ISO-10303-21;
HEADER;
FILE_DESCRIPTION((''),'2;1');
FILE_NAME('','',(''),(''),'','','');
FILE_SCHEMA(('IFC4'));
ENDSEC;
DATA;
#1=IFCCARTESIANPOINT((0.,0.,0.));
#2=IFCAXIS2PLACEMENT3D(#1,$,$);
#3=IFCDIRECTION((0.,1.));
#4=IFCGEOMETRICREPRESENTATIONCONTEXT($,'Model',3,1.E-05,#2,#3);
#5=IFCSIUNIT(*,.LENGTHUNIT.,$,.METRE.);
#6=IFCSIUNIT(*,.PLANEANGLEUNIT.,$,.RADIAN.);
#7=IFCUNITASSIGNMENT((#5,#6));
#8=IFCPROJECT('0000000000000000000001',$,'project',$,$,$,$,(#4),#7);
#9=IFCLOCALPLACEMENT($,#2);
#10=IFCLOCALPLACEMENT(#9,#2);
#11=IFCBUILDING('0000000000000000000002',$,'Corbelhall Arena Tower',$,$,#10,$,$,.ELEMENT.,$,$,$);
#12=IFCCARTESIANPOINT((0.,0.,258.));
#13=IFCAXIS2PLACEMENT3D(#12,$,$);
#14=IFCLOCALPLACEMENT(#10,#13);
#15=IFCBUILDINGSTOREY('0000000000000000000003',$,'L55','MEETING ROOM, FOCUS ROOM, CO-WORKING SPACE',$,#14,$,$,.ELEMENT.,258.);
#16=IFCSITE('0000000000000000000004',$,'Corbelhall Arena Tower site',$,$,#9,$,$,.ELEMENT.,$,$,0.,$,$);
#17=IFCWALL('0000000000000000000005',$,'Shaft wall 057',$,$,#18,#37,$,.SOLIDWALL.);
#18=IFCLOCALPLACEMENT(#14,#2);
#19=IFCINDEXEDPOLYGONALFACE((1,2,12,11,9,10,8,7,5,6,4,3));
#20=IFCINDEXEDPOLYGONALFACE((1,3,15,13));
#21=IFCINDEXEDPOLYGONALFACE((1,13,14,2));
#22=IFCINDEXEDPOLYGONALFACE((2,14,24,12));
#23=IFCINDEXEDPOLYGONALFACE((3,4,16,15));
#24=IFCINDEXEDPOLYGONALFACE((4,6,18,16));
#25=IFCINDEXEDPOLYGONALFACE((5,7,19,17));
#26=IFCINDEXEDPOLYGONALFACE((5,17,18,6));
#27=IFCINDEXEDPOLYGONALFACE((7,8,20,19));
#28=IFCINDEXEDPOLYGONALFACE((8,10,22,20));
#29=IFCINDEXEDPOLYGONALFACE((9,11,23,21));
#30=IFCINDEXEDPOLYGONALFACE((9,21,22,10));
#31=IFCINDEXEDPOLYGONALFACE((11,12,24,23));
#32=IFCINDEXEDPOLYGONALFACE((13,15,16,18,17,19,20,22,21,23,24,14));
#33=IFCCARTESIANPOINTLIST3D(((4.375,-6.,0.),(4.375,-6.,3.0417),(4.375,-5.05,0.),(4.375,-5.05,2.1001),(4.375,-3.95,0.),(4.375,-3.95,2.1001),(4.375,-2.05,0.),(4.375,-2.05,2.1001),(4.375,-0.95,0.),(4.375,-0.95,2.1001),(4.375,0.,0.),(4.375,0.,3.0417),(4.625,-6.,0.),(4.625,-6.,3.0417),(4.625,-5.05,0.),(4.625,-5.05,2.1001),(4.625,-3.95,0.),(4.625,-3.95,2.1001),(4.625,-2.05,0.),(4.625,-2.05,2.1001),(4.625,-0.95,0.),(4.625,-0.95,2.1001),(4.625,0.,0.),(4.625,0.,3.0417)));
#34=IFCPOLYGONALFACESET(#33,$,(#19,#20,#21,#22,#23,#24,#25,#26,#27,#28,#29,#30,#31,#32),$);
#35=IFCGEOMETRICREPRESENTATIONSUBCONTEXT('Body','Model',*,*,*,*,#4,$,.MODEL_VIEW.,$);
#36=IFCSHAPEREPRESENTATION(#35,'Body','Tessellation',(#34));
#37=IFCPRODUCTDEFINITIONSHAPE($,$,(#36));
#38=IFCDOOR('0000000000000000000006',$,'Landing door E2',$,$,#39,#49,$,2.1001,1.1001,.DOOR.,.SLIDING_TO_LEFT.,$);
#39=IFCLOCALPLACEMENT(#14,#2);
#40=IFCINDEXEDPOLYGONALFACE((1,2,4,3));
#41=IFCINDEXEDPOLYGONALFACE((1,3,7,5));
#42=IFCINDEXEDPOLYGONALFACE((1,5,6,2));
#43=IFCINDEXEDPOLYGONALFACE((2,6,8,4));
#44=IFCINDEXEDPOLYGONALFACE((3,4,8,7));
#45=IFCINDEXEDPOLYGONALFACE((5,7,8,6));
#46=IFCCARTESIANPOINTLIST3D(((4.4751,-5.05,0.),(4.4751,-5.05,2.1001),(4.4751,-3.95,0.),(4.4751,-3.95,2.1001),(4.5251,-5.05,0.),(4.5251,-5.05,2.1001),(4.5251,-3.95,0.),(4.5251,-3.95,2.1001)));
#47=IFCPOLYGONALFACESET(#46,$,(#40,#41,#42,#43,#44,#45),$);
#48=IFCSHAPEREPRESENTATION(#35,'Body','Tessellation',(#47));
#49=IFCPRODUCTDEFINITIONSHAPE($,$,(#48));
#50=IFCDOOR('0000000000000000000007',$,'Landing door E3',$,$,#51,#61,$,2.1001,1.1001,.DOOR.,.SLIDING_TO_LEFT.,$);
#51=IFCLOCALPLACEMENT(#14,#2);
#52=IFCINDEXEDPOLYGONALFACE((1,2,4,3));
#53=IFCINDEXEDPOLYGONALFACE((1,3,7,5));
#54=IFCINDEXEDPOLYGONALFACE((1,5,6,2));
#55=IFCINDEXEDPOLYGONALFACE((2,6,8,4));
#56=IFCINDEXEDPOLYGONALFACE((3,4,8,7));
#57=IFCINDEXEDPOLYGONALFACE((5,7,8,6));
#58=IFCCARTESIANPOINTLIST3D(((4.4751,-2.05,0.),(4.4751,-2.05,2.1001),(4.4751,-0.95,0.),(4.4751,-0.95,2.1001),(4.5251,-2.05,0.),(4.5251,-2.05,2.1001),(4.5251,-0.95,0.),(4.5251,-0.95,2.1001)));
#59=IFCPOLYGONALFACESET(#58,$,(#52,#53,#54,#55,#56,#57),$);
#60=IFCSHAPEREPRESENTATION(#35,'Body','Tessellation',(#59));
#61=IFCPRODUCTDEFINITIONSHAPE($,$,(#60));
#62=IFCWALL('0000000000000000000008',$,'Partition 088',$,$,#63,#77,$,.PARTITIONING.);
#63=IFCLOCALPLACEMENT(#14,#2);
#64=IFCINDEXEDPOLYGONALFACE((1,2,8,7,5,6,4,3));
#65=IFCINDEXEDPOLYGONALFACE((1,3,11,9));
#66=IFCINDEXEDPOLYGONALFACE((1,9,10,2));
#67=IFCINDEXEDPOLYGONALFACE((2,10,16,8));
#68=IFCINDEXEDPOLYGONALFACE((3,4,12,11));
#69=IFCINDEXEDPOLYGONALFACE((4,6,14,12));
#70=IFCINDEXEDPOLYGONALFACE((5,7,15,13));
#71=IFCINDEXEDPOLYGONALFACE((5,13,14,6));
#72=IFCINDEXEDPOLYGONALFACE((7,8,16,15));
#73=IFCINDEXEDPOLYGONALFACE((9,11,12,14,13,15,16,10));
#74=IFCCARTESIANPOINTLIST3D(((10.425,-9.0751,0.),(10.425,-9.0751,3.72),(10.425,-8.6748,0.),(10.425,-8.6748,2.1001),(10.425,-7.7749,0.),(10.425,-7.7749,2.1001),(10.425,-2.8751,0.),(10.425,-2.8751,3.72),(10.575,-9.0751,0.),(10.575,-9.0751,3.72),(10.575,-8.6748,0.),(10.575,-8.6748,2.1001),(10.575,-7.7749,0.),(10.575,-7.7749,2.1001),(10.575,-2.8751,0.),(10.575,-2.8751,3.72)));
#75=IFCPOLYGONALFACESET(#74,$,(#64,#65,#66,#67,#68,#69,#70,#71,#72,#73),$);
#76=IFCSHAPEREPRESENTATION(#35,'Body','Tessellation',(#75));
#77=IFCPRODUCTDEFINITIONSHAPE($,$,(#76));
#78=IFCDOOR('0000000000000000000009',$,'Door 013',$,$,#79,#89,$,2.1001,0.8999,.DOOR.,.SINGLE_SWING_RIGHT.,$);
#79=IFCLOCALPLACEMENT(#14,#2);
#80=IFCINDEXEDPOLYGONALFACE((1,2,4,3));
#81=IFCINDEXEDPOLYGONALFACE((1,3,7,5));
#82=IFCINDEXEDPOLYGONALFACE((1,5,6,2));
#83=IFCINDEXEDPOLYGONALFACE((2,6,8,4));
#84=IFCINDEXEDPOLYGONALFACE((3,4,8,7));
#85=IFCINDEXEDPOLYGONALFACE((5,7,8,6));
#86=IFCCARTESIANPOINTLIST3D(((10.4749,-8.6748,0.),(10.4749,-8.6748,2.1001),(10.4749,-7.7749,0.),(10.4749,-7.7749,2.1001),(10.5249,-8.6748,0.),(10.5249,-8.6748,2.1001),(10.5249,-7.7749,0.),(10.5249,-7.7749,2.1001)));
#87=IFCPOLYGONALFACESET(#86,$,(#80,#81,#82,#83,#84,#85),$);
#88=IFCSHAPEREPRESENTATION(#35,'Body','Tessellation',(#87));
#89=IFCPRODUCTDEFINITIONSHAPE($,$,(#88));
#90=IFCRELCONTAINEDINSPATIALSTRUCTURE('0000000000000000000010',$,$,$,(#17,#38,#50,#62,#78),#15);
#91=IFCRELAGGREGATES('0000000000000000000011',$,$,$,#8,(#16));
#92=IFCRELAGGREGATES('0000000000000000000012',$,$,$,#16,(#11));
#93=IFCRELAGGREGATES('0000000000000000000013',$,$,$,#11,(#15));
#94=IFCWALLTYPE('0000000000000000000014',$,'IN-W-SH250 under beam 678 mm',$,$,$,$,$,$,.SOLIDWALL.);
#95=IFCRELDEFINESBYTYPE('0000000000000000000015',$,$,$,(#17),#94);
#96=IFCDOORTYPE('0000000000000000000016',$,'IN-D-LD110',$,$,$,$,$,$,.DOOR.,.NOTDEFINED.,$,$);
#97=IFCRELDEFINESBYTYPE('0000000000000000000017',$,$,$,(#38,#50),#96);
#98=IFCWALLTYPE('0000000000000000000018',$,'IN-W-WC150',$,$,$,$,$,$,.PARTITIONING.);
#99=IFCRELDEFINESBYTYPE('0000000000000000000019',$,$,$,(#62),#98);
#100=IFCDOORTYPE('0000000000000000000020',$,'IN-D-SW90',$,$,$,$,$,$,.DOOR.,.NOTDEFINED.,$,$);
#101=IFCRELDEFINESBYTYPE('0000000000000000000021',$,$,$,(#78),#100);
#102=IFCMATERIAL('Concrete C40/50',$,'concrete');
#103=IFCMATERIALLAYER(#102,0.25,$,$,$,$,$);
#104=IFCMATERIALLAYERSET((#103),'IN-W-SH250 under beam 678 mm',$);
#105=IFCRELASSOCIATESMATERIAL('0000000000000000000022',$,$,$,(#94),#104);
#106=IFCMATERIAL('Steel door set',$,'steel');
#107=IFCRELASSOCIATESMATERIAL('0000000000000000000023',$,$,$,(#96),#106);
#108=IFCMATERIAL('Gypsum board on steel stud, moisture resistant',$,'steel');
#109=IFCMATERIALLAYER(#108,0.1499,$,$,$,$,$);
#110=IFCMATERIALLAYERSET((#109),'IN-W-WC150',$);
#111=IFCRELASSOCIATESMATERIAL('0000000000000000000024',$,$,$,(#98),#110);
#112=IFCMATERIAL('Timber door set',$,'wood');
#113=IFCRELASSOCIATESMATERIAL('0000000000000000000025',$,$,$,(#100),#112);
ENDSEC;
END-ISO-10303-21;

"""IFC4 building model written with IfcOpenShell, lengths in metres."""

from ifc_helpers import new_model, si_unit, direction, frame, frame_2d, origin, place, context, subcontext, project, spatial, rectangle, extrude, material, layer, layer_set, type_object, element, fill, save


model = new_model("IFC4")

# Units and contexts
model_context = context("Model", 3, precision=1e-05, world=origin(), true_north=direction((0.0, 1.0)))
body_context = subcontext(model_context, "Body", "Model", "MODEL_VIEW")
ifc_project = project(units=[si_unit("LENGTHUNIT", "METRE"), si_unit("PLANEANGLEUNIT", "RADIAN")], contexts=[model_context])

# Site, building, storey
site_placement = place(None, origin())
site = spatial("IfcSite", under=ifc_project, at=site_placement, Name="Corbelhall Arena Tower site", CompositionType="ELEMENT", RefElevation=0.0)
building_placement = place(site_placement, origin())
building = spatial("IfcBuilding", under=site, at=building_placement, Name="Corbelhall Arena Tower", CompositionType="ELEMENT")
storey_placement = place(building_placement, frame((0.0, 0.0, 258.0)))
storey = spatial("IfcBuildingStorey", under=building, at=storey_placement, Name="L55", Description="MEETING ROOM, FOCUS ROOM, CO-WORKING SPACE", CompositionType="ELEMENT", Elevation=258.0)

# Shared definitions
ifc_material_1 = material(Name="Concrete C40/50", Category="concrete")

# Shared definitions
ifc_material_2 = material(Name="Steel door set", Category="steel")

# Wall, openings, doors
ifc_layer_1 = layer(ifc_material_1, 0.25)
ifc_layer_set_1 = layer_set([ifc_layer_1], Name="IN-W-SH250 under beam 678 mm")
wall_type_1 = type_object("IfcWallType", Name="IN-W-SH250 under beam 678 mm", PredefinedType="SOLIDWALL", material=ifc_layer_set_1)
wall_1_placement = place(storey_placement, frame((4.5, -6.0, 0.0), z_axis=(0.0, 0.0, 1.0), x_axis=(0.0, 1.0, 0.0)))
wall_1 = element("IfcWall", 1, at=wall_1_placement, inside=storey, type_object=wall_type_1, Name="Shaft wall 057", PredefinedType="SOLIDWALL", context=body_context, shape_type="SweptSolid", body=[
    extrude(rectangle(XDim=6.0, YDim=0.25, at=frame_2d((3.0, 0.0))), origin(), (0.0, 0.0, 1.0), 3.0417),
])
opening_1_placement = place(wall_1_placement, frame((0.95, 0.0, 0.0)))
opening_1 = element("IfcOpeningElement", 2, at=opening_1_placement, cuts=wall_1, PredefinedType="OPENING", context=body_context, shape_type="SweptSolid", body=[
    extrude(rectangle(XDim=1.1001, YDim=2.1001, at=frame_2d((0.55, 1.05))), frame((0.0, 0.125, 0.0), z_axis=(0.0, -1.0, 0.0), x_axis=(1.0, 0.0, 0.0)), (0.0, 0.0, 1.0), 0.25),
])
opening_2_placement = place(wall_1_placement, frame((3.95, 0.0, 0.0)))
opening_2 = element("IfcOpeningElement", 3, at=opening_2_placement, cuts=wall_1, PredefinedType="OPENING", context=body_context, shape_type="SweptSolid", body=[
    extrude(rectangle(XDim=1.1001, YDim=2.1001, at=frame_2d((0.55, 1.05))), frame((0.0, 0.125, 0.0), z_axis=(0.0, -1.0, 0.0), x_axis=(1.0, 0.0, 0.0)), (0.0, 0.0, 1.0), 0.25),
])
door_type_1 = type_object("IfcDoorType", Name="IN-D-LD110", OperationType="NOTDEFINED", PredefinedType="DOOR", material=ifc_material_2)
door_1_placement = place(opening_1_placement, origin())
door_1 = element("IfcDoor", 4, at=door_1_placement, inside=storey, type_object=door_type_1, Name="Landing door E2", OperationType="SLIDING_TO_LEFT", OverallHeight=2.1001, OverallWidth=1.1001, PredefinedType="DOOR", context=body_context, shape_type="SweptSolid", body=[
    extrude(rectangle(XDim=1.1001, YDim=2.1001, at=frame_2d((0.55, 1.05))), frame((0.0, 0.0249, 0.0), z_axis=(0.0, -1.0, 0.0), x_axis=(1.0, 0.0, 0.0)), (0.0, 0.0, 1.0), 0.05),
])
fill(opening_1, door_1)
door_2_placement = place(opening_2_placement, origin())
door_2 = element("IfcDoor", 5, at=door_2_placement, inside=storey, type_object=door_type_1, Name="Landing door E3", OperationType="SLIDING_TO_LEFT", OverallHeight=2.1001, OverallWidth=1.1001, PredefinedType="DOOR", context=body_context, shape_type="SweptSolid", body=[
    extrude(rectangle(XDim=1.1001, YDim=2.1001, at=frame_2d((0.55, 1.05))), frame((0.0, 0.0249, 0.0), z_axis=(0.0, -1.0, 0.0), x_axis=(1.0, 0.0, 0.0)), (0.0, 0.0, 1.0), 0.05),
])
fill(opening_2, door_2)

# Wall, opening, door
ifc_material_3 = material(Name="Gypsum board on steel stud, moisture resistant", Category="steel")
ifc_layer_2 = layer(ifc_material_3, 0.1499)
ifc_layer_set_2 = layer_set([ifc_layer_2], Name="IN-W-WC150")
wall_type_2 = type_object("IfcWallType", Name="IN-W-WC150", PredefinedType="PARTITIONING", material=ifc_layer_set_2)
wall_2_placement = place(storey_placement, frame((10.5, -2.875, 0.0), z_axis=(0.0, 0.0, 1.0), x_axis=(0.0, -1.0, 0.0)))
wall_2 = element("IfcWall", 6, at=wall_2_placement, inside=storey, type_object=wall_type_2, Name="Partition 088", PredefinedType="PARTITIONING", context=body_context, shape_type="SweptSolid", body=[
    extrude(rectangle(XDim=6.2, YDim=0.1499, at=frame_2d((3.1001, 0.0))), origin(), (0.0, 0.0, 1.0), 3.72),
])
opening_3_placement = place(wall_2_placement, frame((4.8999, 0.0, 0.0)))
opening_3 = element("IfcOpeningElement", 7, at=opening_3_placement, cuts=wall_2, PredefinedType="OPENING", context=body_context, shape_type="SweptSolid", body=[
    extrude(rectangle(XDim=0.8999, YDim=2.1001, at=frame_2d((0.45, 1.05))), frame((0.0, 0.075, 0.0), z_axis=(0.0, -1.0, 0.0), x_axis=(1.0, 0.0, 0.0)), (0.0, 0.0, 1.0), 0.1499),
])
ifc_material_4 = material(Name="Timber door set", Category="wood")
door_type_2 = type_object("IfcDoorType", Name="IN-D-SW90", OperationType="NOTDEFINED", PredefinedType="DOOR", material=ifc_material_4)
door_3_placement = place(opening_3_placement, origin())
door_3 = element("IfcDoor", 8, at=door_3_placement, inside=storey, type_object=door_type_2, Name="Door 013", OperationType="SINGLE_SWING_RIGHT", OverallHeight=2.1001, OverallWidth=0.8999, PredefinedType="DOOR", context=body_context, shape_type="SweptSolid", body=[
    extrude(rectangle(XDim=0.8999, YDim=2.1001, at=frame_2d((0.45, 1.05))), frame((0.0, 0.0249, 0.0), z_axis=(0.0, -1.0, 0.0), x_axis=(1.0, 0.0, 0.0)), (0.0, 0.0, 1.0), 0.05),
])
fill(opening_3, door_3)

save(model, "model.ifc")
